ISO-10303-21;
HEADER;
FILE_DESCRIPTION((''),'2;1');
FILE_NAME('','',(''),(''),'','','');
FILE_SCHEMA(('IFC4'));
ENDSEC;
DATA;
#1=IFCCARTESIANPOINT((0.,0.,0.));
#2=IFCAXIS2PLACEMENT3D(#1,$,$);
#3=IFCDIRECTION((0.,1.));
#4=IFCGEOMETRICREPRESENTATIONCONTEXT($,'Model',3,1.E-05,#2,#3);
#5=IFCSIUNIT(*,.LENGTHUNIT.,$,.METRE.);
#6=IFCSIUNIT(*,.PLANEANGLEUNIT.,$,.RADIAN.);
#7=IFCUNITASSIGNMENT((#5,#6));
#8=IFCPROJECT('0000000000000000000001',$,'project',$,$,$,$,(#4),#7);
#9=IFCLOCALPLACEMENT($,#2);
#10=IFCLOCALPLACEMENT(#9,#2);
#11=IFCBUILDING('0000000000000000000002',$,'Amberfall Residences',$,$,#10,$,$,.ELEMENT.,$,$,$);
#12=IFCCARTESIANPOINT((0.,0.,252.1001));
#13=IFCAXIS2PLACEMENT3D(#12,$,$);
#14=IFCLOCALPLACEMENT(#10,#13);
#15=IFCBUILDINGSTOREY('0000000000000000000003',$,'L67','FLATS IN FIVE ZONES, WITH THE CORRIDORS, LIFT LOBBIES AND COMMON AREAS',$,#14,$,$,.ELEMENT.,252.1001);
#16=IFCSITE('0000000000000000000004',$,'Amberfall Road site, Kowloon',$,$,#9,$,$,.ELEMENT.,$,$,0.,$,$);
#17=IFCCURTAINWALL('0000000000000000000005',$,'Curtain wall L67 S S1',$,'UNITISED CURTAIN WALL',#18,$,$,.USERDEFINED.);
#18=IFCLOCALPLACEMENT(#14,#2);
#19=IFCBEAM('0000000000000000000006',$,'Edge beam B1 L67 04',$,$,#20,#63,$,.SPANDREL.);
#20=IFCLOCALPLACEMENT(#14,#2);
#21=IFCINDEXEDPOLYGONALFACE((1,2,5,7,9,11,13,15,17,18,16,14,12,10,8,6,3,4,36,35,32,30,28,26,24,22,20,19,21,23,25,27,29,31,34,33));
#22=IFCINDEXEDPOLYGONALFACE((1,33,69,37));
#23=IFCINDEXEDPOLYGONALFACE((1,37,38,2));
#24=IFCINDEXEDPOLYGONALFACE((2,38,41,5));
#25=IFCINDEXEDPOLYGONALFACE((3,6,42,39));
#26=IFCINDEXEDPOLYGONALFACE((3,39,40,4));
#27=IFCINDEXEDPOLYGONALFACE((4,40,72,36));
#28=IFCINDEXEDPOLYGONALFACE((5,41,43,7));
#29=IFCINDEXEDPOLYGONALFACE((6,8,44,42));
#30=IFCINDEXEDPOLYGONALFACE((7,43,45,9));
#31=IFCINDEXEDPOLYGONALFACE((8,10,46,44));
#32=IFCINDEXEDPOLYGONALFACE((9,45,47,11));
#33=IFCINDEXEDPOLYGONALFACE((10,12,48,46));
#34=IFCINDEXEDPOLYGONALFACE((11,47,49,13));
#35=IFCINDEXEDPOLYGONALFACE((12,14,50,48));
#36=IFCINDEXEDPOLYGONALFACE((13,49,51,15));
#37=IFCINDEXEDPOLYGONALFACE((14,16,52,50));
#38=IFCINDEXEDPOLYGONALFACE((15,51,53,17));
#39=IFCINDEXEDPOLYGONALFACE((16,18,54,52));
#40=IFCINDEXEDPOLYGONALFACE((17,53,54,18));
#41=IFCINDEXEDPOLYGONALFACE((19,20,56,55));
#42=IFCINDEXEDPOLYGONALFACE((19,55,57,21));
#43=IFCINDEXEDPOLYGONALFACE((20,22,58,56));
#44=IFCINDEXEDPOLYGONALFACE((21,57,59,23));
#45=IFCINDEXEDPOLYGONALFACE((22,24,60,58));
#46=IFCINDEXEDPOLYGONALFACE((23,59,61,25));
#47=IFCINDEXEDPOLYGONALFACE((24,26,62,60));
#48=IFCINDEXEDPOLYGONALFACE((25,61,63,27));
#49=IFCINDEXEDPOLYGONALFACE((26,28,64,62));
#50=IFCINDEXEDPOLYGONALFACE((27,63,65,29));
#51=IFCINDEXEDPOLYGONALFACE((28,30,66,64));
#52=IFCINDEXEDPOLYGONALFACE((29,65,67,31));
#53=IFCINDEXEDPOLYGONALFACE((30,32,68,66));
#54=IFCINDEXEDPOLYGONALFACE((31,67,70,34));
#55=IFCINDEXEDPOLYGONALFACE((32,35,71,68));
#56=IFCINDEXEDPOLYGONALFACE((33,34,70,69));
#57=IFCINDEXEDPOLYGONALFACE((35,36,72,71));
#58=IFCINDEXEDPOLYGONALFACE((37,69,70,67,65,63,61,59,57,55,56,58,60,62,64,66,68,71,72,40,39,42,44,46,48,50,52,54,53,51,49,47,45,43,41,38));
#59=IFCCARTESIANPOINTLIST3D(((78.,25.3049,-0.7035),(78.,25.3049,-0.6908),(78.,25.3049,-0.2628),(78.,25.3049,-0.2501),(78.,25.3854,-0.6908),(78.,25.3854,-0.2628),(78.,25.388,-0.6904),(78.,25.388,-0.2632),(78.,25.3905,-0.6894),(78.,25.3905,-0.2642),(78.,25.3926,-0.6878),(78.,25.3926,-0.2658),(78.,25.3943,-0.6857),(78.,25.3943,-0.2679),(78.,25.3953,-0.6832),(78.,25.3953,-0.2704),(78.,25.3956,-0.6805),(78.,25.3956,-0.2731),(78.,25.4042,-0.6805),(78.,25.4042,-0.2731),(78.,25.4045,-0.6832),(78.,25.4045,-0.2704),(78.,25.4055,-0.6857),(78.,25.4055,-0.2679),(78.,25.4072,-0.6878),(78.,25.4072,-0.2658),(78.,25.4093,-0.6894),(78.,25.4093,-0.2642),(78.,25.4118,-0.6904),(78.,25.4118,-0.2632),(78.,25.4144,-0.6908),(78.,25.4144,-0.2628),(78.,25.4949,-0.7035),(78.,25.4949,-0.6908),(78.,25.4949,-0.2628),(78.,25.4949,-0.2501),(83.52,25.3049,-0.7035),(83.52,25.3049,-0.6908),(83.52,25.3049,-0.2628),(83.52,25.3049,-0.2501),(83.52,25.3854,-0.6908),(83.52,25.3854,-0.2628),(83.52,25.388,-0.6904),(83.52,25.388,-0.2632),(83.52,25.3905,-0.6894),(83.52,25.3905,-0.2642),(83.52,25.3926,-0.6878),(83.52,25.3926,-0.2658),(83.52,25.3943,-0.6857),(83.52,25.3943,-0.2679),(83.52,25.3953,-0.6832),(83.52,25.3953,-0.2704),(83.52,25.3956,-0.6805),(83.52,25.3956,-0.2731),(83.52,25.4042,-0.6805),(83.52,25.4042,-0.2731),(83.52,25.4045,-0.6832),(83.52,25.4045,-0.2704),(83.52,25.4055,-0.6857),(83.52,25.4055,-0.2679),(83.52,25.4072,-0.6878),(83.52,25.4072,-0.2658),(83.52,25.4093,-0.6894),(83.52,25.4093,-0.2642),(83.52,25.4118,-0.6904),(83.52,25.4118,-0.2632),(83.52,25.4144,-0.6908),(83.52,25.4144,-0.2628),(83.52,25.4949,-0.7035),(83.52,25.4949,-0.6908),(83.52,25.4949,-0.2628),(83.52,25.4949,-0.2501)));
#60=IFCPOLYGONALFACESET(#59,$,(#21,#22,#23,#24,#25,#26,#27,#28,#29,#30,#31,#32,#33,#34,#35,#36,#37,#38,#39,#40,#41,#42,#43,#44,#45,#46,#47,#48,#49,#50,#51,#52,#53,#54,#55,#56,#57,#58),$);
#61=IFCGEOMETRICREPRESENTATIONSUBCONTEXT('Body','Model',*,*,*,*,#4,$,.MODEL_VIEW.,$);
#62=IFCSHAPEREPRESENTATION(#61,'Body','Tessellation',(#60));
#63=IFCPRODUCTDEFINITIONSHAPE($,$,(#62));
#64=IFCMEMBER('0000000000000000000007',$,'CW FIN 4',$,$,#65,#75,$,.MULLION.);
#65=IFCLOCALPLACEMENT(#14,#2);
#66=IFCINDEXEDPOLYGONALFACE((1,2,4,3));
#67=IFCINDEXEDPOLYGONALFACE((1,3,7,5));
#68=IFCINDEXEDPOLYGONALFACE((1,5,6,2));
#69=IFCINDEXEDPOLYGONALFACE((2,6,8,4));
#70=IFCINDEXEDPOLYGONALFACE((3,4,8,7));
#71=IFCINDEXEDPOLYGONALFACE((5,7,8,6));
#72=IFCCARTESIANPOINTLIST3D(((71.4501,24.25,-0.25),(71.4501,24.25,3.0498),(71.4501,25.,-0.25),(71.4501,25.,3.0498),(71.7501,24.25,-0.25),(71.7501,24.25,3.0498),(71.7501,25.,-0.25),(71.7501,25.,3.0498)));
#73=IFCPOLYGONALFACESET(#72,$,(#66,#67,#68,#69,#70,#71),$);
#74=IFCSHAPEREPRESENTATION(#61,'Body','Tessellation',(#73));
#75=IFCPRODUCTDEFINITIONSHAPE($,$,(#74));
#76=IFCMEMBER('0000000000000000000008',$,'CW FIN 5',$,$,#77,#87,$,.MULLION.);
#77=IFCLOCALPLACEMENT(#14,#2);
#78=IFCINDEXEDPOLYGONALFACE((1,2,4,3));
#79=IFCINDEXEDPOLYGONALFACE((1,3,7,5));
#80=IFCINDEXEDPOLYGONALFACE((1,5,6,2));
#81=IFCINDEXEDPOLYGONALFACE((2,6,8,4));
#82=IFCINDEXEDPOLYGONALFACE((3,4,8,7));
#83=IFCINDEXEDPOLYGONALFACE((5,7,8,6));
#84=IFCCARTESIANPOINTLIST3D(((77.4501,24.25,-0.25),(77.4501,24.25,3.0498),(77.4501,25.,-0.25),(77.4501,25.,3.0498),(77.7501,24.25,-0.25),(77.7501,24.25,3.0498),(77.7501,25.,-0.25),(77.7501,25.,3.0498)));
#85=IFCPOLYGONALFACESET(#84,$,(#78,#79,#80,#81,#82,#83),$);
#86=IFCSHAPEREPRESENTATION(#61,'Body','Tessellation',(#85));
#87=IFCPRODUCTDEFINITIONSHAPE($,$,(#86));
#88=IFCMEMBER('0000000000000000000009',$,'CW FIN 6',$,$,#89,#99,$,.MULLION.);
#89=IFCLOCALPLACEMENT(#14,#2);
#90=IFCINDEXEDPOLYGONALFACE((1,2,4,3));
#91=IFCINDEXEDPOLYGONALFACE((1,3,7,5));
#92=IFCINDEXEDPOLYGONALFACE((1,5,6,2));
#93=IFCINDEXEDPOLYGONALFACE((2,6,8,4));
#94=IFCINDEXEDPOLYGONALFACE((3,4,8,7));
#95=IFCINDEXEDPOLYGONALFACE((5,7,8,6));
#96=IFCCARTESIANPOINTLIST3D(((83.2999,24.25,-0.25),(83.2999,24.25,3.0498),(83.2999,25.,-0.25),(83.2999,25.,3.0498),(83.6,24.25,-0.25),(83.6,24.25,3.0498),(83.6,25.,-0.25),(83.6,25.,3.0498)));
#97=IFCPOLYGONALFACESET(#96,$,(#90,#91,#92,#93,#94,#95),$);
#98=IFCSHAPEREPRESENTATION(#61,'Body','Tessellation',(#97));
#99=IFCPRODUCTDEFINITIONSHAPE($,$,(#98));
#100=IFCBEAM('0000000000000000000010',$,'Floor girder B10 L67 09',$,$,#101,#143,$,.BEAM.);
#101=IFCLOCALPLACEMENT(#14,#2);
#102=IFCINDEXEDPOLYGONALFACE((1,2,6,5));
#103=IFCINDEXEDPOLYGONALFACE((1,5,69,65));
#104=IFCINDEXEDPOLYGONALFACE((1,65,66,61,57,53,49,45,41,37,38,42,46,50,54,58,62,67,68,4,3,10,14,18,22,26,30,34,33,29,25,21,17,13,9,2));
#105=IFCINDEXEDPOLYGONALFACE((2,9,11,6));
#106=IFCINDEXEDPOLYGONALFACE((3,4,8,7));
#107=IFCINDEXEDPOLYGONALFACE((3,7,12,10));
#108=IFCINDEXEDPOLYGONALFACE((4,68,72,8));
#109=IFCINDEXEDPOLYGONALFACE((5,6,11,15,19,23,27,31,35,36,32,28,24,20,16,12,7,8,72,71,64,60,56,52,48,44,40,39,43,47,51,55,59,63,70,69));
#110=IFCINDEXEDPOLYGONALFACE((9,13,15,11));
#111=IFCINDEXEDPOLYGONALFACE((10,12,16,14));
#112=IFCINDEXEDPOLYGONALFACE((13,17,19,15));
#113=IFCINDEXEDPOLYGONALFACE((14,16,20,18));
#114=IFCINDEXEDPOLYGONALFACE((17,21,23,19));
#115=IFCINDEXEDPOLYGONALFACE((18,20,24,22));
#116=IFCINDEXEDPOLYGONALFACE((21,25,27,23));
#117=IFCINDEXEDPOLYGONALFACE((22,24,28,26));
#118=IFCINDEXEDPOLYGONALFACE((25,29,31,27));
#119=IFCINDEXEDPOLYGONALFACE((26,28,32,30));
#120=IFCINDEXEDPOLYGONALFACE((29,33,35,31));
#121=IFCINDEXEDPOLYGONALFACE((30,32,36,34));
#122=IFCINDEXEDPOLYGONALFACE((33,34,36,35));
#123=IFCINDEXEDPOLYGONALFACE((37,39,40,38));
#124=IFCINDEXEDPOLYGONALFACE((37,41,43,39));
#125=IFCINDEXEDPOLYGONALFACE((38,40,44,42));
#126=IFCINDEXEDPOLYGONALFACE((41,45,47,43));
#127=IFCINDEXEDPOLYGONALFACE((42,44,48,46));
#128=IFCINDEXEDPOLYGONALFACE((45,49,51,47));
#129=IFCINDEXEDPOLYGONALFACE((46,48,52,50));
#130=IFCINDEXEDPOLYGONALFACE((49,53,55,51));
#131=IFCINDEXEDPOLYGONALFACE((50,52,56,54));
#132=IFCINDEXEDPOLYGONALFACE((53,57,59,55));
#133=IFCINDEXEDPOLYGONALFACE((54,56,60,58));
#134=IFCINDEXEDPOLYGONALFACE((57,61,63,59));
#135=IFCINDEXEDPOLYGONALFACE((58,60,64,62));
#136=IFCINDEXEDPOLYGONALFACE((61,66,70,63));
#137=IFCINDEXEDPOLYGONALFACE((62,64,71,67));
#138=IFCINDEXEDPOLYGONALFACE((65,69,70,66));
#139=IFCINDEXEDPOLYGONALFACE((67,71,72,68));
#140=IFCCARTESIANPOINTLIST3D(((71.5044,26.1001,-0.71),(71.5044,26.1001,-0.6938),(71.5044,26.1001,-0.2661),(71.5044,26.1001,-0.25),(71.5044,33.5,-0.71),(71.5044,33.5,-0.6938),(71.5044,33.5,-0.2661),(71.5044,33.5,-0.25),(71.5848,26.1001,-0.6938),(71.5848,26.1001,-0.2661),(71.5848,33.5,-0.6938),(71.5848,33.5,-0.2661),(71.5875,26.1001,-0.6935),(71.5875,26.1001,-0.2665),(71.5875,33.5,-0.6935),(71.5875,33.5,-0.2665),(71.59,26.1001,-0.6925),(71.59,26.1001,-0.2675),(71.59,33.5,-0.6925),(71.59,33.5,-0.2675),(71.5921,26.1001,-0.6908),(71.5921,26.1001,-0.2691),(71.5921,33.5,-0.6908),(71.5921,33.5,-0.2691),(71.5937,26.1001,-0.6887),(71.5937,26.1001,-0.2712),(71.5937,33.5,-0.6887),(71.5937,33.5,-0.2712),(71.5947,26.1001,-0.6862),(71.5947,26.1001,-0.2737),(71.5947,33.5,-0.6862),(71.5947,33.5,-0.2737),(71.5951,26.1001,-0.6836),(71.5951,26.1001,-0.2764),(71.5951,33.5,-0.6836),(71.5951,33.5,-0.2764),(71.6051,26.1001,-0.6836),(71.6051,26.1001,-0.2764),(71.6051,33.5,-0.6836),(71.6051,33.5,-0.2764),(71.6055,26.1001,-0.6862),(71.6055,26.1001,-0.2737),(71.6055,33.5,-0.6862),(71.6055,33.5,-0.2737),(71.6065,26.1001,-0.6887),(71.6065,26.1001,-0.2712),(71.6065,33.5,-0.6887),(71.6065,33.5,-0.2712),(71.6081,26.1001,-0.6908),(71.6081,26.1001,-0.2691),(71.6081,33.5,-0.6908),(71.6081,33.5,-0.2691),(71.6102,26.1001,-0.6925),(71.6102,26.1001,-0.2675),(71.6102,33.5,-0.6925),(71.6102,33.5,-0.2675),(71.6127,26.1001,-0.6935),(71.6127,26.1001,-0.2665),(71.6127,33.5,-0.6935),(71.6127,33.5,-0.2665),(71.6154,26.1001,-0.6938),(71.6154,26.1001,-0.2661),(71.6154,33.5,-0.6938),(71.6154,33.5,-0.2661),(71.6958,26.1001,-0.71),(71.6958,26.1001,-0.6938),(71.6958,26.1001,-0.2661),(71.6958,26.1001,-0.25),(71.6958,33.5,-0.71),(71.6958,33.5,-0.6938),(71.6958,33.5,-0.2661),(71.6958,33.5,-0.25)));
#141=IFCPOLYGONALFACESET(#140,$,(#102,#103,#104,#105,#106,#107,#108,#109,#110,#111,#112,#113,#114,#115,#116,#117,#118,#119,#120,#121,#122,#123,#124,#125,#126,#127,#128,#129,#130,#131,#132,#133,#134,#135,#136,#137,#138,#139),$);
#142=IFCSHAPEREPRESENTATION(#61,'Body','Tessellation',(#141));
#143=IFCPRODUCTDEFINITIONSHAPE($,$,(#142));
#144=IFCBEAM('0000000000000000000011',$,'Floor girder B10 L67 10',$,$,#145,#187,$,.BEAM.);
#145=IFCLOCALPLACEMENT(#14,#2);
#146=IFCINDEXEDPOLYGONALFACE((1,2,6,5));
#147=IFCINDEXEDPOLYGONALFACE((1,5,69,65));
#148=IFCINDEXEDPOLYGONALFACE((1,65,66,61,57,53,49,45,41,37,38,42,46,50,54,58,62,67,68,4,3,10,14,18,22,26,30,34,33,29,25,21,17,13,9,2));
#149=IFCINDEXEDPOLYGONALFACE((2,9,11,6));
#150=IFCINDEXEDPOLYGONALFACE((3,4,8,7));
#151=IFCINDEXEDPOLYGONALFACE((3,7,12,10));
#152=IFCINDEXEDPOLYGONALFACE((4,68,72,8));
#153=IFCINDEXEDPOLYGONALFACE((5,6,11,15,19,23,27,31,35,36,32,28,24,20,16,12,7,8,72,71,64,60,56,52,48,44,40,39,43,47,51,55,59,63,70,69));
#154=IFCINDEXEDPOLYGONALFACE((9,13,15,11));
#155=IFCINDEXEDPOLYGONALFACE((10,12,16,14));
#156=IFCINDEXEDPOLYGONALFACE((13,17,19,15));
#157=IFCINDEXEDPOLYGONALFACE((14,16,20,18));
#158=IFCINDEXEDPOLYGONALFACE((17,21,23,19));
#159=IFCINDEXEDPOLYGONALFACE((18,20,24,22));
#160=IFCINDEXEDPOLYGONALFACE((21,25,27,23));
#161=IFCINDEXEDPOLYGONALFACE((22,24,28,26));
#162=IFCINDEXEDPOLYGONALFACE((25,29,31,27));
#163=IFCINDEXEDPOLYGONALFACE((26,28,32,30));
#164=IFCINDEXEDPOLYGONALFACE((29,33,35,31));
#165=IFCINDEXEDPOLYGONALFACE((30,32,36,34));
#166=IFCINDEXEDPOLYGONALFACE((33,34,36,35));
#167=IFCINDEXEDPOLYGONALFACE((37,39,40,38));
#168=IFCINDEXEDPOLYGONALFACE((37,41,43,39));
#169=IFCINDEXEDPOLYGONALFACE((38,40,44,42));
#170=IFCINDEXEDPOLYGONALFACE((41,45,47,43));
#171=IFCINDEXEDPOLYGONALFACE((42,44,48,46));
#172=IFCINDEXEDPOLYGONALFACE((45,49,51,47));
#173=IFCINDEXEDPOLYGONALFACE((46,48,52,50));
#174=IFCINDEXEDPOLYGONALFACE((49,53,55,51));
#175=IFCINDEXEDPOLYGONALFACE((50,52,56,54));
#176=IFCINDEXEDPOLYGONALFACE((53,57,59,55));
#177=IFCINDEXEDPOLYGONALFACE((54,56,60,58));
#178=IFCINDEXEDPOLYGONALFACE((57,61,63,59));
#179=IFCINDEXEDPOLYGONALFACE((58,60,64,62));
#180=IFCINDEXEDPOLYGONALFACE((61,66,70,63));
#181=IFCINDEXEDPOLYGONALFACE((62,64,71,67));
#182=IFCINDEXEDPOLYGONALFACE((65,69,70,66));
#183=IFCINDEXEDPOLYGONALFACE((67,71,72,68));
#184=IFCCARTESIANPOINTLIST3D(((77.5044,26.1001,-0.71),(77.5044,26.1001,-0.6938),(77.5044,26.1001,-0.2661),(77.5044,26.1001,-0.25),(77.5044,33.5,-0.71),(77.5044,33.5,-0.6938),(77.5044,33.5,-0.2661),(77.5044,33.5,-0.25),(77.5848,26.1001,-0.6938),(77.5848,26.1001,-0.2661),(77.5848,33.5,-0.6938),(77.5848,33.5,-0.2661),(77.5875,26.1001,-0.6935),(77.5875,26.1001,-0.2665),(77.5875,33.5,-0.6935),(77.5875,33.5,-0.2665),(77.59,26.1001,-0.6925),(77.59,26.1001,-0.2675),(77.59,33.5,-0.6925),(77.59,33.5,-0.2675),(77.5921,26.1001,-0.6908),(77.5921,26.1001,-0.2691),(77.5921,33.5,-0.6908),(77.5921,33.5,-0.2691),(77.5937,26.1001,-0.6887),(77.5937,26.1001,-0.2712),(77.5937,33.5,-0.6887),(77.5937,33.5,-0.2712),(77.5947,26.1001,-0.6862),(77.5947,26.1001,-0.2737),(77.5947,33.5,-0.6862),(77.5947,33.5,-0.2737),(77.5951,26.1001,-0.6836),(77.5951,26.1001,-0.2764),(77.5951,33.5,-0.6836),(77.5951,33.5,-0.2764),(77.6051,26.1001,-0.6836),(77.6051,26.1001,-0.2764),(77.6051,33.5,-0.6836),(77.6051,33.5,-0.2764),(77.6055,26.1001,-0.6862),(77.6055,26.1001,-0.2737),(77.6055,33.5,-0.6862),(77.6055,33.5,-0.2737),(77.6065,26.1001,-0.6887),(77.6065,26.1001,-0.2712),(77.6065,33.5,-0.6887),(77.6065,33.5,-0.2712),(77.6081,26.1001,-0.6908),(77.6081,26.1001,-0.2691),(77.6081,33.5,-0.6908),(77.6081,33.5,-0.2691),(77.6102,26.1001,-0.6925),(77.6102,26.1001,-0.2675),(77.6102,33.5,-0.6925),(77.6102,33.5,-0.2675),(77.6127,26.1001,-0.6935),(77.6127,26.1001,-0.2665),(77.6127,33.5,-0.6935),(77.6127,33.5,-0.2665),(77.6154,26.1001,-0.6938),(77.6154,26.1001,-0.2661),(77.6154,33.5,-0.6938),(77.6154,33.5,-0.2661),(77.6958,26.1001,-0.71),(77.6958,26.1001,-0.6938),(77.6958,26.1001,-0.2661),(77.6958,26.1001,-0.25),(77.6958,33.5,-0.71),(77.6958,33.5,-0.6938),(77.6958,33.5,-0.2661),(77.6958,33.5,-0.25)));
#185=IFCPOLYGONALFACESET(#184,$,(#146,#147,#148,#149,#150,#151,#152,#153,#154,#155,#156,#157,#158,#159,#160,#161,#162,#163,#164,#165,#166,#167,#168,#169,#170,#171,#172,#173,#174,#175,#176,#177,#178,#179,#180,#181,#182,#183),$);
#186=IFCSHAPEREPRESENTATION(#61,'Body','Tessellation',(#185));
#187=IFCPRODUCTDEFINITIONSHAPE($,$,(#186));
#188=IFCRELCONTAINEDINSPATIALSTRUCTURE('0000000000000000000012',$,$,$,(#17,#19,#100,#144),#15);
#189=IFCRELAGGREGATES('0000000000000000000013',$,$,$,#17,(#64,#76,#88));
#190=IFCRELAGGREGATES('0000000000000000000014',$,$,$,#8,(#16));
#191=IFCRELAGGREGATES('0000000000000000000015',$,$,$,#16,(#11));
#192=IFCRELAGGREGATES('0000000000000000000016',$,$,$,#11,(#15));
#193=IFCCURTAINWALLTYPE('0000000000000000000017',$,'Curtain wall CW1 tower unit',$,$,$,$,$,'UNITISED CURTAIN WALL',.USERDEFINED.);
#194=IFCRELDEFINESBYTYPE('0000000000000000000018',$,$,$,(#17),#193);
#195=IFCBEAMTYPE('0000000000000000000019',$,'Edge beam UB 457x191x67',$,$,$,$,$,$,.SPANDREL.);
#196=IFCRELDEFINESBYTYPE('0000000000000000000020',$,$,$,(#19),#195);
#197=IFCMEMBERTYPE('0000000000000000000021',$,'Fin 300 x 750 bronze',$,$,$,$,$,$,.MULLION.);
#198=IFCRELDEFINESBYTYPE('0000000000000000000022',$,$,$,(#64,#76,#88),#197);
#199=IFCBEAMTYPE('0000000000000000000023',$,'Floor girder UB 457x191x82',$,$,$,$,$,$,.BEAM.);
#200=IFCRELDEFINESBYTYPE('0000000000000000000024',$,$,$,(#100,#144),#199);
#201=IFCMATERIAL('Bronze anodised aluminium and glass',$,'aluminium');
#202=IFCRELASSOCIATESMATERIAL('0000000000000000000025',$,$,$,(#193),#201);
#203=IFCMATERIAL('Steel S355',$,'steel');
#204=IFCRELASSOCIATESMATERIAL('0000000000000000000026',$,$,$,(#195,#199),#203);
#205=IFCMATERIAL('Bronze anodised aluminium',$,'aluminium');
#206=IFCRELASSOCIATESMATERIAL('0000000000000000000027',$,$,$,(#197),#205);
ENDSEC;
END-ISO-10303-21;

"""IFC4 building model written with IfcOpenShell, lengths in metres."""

from ifc_helpers import new_model, si_unit, direction, frame, origin, origin_2d, place, context, subcontext, project, spatial, rectangle, i_section, extrude, material, material_profile, profile_set, type_object, element, aggregate, save


model = new_model("IFC4")

# Units and contexts
model_context = context("Model", 3, precision=1e-05, world=origin(), true_north=direction((0.0, 1.0)))
body_context = subcontext(model_context, "Body", "Model", "MODEL_VIEW")
ifc_project = project(units=[si_unit("LENGTHUNIT", "METRE"), si_unit("PLANEANGLEUNIT", "RADIAN")], contexts=[model_context])

# Site, building, storey
site_placement = place(None, origin())
site = spatial("IfcSite", under=ifc_project, at=site_placement, Name="Amberfall Road site, Kowloon", CompositionType="ELEMENT", RefElevation=0.0)
building_placement = place(site_placement, origin())
building = spatial("IfcBuilding", under=site, at=building_placement, Name="Amberfall Residences", CompositionType="ELEMENT")
storey_placement = place(building_placement, frame((0.0, 0.0, 252.1001)))
storey = spatial("IfcBuildingStorey", under=building, at=storey_placement, Name="L67", Description="FLATS IN FIVE ZONES, WITH THE CORRIDORS, LIFT LOBBIES AND COMMON AREAS", CompositionType="ELEMENT", Elevation=252.1001)

# Curtain wall
ifc_material_1 = material(Name="Bronze anodised aluminium and glass", Category="aluminium")
curtain_wall_type = type_object("IfcCurtainWallType", Name="Curtain wall CW1 tower unit", ElementType="UNITISED CURTAIN WALL", PredefinedType="USERDEFINED", material=ifc_material_1)
curtain_wall_placement = place(storey_placement, origin())
curtain_wall = element("IfcCurtainWall", 1, at=curtain_wall_placement, inside=storey, type_object=curtain_wall_type, Name="Curtain wall L67 S S1", ObjectType="UNITISED CURTAIN WALL", PredefinedType="USERDEFINED")
ifc_material_2 = material(Name="Bronze anodised aluminium", Category="aluminium")

# Beam
ifc_material_3 = material(Name="Steel S355", Category="steel")
ifc_material_profile_1 = material_profile(ifc_material_3, i_section(OverallWidth=0.1899, OverallDepth=0.4534, WebThickness=0.0085, FlangeThickness=0.0127, FilletRadius=0.0103, at=origin_2d()), Name="UB 457x191x67")
ifc_profile_set_1 = profile_set([ifc_material_profile_1], Name="Steel S355")
beam_type_1 = type_object("IfcBeamType", Name="Edge beam UB 457x191x67", PredefinedType="SPANDREL", material=ifc_profile_set_1)
beam_1_placement = place(storey_placement, frame((78.0, 25.3999, -0.4768), z_axis=(1.0, 0.0, 0.0), x_axis=(0.0, 1.0, 0.0)))
element("IfcBeam", 2, at=beam_1_placement, inside=storey, type_object=beam_type_1, Name="Edge beam B1 L67 04", PredefinedType="SPANDREL", context=body_context, shape_type="SweptSolid", body=[
    extrude(i_section(OverallWidth=0.1899, OverallDepth=0.4534, WebThickness=0.0085, FlangeThickness=0.0127, FilletRadius=0.0103, at=origin_2d()), origin(), (0.0, 0.0, 1.0), 5.52),
])

# Members
ifc_material_profile_2 = material_profile(ifc_material_2, rectangle(XDim=0.75, YDim=0.3, at=origin_2d()), Name="Fin 300 x 750 bronze")
ifc_profile_set_2 = profile_set([ifc_material_profile_2], Name="Bronze anodised aluminium")
member_type_1 = type_object("IfcMemberType", Name="Fin 300 x 750 bronze", PredefinedType="MULLION", material=ifc_profile_set_2)
member_1_placement = place(storey_placement, frame((71.6001, 24.625, -0.25), z_axis=(0.0, 0.0, 1.0), x_axis=(0.0, 1.0, 0.0)))
member_1 = element("IfcMember", 3, at=member_1_placement, type_object=member_type_1, Name="CW FIN 4", PredefinedType="MULLION", context=body_context, shape_type="SweptSolid", body=[
    extrude(rectangle(XDim=0.75, YDim=0.3, at=origin_2d()), origin(), (0.0, 0.0, 1.0), 3.2998),
])
member_2_placement = place(storey_placement, frame((77.6001, 24.625, -0.25), z_axis=(0.0, 0.0, 1.0), x_axis=(0.0, 1.0, 0.0)))
member_2 = element("IfcMember", 4, at=member_2_placement, type_object=member_type_1, Name="CW FIN 5", PredefinedType="MULLION", context=body_context, shape_type="SweptSolid", body=[
    extrude(rectangle(XDim=0.75, YDim=0.3, at=origin_2d()), origin(), (0.0, 0.0, 1.0), 3.2998),
])
member_3_placement = place(storey_placement, frame((83.45, 24.625, -0.25), z_axis=(0.0, 0.0, 1.0), x_axis=(0.0, 1.0, 0.0)))
member_3 = element("IfcMember", 5, at=member_3_placement, type_object=member_type_1, Name="CW FIN 6", PredefinedType="MULLION", context=body_context, shape_type="SweptSolid", body=[
    extrude(rectangle(XDim=0.75, YDim=0.3, at=origin_2d()), origin(), (0.0, 0.0, 1.0), 3.2998),
])

# Beams
ifc_material_profile_3 = material_profile(ifc_material_3, i_section(OverallWidth=0.1914, OverallDepth=0.46, WebThickness=0.01, FlangeThickness=0.0161, FilletRadius=0.0103, at=origin_2d()), Name="UB 457x191x82")
ifc_profile_set_3 = profile_set([ifc_material_profile_3], Name="Steel S355")
beam_type_2 = type_object("IfcBeamType", Name="Floor girder UB 457x191x82", PredefinedType="BEAM", material=ifc_profile_set_3)
for number, where, z_axis, x_axis, name in (
    (6, (71.6001, 26.1001, -0.48), (0.0, 1.0, 0.0), (-1.0, 0.0, 0.0), "Floor girder B10 L67 09"),
    (7, (77.6001, 26.1001, -0.48), (0.0, 1.0, 0.0), (-1.0, 0.0, 0.0), "Floor girder B10 L67 10"),
):
    element("IfcBeam", number, at=place(storey_placement, frame(where, z_axis=z_axis, x_axis=x_axis)), inside=storey, type_object=beam_type_2, Name=name, PredefinedType="BEAM", context=body_context, shape_type="SweptSolid", body=[
        extrude(i_section(OverallWidth=0.1914, OverallDepth=0.46, WebThickness=0.01, FlangeThickness=0.0161, FilletRadius=0.0103, at=origin_2d()), origin(), (0.0, 0.0, 1.0), 7.3999),
    ])

aggregate(curtain_wall, [member_1, member_2, member_3])

save(model, "model.ifc")
